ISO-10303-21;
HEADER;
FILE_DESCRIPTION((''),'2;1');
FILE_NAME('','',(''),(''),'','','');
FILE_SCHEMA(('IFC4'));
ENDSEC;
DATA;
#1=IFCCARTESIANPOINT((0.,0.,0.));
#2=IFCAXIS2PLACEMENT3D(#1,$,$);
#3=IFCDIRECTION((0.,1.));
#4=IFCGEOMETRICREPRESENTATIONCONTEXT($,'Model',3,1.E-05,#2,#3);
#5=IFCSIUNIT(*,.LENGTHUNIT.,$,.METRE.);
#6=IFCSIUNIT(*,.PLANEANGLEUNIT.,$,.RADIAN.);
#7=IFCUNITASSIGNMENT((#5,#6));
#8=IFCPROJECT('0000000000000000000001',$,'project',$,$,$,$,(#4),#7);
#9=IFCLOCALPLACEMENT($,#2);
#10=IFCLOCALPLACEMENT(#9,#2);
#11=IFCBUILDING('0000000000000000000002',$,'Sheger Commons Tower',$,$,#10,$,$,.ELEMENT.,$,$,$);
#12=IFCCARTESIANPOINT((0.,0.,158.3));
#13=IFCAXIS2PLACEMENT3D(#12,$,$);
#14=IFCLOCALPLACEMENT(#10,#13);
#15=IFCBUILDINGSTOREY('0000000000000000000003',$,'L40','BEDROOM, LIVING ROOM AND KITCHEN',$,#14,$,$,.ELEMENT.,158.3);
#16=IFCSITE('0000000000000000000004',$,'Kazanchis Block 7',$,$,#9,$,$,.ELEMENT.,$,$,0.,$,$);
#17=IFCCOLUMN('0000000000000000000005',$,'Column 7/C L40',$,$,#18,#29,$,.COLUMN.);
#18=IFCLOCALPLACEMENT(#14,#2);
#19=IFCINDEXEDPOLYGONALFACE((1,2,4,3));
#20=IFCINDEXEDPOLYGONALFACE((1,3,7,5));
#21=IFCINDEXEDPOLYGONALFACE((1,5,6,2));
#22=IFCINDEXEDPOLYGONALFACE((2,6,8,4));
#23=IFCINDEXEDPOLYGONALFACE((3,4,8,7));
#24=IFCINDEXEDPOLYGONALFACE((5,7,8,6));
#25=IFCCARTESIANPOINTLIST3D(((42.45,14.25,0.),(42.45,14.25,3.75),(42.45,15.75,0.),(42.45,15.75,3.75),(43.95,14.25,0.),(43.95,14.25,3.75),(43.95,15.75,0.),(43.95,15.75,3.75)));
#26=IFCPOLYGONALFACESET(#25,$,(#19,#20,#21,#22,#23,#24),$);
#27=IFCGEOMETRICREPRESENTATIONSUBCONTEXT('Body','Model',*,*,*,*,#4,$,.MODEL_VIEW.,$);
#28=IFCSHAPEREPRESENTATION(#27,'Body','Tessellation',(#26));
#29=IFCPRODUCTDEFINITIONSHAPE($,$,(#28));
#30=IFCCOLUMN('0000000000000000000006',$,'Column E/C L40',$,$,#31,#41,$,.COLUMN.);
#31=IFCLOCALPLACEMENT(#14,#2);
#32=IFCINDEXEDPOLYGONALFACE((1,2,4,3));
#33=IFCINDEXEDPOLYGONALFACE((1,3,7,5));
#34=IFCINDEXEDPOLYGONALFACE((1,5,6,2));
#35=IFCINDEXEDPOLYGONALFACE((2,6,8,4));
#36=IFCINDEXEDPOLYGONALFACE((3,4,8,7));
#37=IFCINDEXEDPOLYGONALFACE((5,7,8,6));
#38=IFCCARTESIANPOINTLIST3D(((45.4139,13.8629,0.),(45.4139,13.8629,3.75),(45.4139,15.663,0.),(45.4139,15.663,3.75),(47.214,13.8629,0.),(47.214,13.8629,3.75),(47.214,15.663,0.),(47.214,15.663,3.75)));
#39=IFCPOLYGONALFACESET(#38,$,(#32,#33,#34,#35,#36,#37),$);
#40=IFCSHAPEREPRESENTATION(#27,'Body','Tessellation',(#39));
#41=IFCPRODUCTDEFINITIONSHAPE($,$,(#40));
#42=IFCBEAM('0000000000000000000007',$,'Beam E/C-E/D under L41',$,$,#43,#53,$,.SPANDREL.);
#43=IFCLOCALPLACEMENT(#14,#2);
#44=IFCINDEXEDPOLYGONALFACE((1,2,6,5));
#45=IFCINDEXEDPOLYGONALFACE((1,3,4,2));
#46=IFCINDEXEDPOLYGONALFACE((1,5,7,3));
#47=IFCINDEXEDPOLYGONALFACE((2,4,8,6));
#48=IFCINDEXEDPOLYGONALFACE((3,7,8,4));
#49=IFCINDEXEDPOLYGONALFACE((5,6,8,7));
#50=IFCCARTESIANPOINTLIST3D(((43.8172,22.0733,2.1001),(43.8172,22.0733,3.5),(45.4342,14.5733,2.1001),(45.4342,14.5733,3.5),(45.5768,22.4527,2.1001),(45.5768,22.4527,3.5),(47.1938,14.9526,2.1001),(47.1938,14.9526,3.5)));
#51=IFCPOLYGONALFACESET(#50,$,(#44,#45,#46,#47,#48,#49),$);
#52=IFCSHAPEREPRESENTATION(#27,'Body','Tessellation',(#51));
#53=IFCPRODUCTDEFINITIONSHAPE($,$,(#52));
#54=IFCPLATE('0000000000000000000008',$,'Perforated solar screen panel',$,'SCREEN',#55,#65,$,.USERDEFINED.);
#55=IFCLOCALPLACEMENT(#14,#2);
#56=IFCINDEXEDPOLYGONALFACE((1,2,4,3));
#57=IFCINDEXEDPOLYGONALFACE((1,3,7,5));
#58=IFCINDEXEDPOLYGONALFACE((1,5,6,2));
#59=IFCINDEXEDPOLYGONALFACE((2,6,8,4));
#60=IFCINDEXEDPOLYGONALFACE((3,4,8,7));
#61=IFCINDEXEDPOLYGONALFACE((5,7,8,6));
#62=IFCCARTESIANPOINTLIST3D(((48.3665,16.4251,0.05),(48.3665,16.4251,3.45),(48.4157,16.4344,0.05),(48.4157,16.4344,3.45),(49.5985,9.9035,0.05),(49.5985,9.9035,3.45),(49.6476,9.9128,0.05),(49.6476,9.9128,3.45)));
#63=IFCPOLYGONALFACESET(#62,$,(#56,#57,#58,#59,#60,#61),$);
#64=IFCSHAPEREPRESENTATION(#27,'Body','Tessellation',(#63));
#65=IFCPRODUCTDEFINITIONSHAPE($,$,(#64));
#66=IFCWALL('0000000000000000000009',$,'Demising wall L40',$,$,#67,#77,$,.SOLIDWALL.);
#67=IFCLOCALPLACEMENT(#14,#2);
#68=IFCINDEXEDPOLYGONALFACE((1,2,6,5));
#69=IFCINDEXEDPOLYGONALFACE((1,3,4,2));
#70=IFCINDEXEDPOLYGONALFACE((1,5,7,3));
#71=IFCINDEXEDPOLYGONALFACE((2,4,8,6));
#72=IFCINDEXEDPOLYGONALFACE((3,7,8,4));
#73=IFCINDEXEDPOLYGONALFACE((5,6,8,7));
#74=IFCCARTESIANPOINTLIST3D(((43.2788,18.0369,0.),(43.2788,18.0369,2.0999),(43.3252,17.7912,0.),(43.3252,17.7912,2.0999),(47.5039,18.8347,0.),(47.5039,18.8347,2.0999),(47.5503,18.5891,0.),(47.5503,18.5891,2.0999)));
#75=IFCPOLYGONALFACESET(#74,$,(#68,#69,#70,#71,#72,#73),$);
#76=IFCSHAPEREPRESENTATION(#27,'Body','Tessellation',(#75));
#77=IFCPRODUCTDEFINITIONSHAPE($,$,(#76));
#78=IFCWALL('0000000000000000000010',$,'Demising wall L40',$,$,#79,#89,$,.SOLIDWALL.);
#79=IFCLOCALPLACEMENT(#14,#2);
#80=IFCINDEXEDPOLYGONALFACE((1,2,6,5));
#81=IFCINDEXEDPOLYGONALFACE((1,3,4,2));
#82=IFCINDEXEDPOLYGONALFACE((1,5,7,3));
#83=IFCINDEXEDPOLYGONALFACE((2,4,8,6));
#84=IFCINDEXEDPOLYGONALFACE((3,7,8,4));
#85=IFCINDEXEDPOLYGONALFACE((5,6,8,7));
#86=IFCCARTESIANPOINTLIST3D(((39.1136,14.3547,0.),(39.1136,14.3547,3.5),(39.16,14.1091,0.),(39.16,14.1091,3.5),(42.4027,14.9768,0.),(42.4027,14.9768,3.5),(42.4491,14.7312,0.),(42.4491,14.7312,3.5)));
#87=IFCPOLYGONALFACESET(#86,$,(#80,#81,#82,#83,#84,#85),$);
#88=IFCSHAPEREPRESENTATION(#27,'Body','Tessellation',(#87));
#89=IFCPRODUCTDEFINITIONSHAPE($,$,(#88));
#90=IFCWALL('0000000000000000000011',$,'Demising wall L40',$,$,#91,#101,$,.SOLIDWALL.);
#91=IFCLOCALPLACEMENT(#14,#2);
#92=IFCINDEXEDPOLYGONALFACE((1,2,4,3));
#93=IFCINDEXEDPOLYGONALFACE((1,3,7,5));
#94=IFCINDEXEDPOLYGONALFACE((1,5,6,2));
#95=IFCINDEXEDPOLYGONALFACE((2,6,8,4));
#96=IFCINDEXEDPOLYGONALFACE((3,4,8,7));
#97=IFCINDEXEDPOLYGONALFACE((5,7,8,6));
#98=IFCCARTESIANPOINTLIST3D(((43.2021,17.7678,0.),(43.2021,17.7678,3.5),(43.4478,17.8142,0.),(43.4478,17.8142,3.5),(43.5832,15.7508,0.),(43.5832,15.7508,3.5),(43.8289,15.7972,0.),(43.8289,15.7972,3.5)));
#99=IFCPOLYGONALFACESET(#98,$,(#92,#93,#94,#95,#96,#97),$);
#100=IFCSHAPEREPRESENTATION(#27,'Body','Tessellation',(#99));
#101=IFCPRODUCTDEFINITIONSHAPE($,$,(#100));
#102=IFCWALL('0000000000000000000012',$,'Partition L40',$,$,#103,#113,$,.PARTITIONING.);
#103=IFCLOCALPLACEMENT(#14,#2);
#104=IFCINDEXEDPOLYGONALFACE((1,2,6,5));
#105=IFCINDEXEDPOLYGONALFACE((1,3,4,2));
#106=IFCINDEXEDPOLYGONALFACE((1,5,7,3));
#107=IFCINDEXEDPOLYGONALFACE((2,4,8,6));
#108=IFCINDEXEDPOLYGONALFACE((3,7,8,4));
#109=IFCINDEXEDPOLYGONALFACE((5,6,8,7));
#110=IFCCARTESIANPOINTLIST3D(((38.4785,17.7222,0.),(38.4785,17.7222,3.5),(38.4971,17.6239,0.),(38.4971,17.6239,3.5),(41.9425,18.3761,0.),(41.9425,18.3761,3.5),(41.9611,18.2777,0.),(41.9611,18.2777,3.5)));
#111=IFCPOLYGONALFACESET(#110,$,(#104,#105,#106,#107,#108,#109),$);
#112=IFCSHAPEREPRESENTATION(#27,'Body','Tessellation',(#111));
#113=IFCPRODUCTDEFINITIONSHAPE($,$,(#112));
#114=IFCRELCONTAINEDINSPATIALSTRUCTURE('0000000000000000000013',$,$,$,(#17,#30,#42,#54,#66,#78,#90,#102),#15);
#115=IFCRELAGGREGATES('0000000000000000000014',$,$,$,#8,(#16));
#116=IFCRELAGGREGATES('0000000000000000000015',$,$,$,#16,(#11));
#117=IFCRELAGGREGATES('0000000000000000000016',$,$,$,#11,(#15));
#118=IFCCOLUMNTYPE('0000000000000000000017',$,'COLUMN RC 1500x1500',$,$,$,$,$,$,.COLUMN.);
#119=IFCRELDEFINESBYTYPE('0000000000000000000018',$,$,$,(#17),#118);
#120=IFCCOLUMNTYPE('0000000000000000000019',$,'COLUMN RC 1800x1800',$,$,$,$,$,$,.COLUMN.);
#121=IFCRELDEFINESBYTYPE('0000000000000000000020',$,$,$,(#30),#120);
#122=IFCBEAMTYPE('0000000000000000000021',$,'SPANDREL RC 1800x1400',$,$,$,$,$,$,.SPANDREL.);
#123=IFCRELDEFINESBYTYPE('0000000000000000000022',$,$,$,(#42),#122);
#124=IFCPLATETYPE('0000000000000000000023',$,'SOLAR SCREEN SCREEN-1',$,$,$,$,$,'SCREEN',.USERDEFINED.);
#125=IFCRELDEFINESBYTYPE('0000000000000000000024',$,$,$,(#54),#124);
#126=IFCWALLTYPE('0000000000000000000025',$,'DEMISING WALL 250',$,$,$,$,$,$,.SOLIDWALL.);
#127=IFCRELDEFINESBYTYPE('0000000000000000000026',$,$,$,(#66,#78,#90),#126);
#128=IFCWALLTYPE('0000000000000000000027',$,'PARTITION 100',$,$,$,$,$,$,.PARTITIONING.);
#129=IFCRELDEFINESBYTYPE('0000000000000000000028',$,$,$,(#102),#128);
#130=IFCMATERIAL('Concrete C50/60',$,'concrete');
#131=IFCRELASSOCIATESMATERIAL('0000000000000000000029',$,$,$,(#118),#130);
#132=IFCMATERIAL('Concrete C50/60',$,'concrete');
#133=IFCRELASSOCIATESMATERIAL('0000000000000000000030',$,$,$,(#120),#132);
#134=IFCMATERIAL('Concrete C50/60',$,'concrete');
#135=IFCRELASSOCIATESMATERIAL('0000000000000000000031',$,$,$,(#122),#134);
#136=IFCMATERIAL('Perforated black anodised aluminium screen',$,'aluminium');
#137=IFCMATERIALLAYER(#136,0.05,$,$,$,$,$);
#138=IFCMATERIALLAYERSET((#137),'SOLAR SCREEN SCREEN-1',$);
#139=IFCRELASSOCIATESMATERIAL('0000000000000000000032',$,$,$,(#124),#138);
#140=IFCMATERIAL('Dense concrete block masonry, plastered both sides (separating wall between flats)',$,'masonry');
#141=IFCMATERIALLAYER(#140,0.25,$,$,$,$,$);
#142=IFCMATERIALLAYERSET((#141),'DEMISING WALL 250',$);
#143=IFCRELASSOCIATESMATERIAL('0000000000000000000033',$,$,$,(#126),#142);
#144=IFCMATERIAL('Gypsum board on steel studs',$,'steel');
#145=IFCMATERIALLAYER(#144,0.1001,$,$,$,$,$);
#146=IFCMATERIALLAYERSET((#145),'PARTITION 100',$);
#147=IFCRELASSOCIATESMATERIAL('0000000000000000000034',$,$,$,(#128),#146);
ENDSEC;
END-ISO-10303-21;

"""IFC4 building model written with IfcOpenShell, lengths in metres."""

from ifc_helpers import new_model, si_unit, direction, frame, frame_2d, origin, origin_2d, place, context, subcontext, project, spatial, rectangle, extrude, material, layer, layer_set, material_profile, profile_set, type_object, element, save


model = new_model("IFC4")

# Units and contexts
model_context = context("Model", 3, precision=1e-05, world=origin(), true_north=direction((0.0, 1.0)))
body_context = subcontext(model_context, "Body", "Model", "MODEL_VIEW")
ifc_project = project(units=[si_unit("LENGTHUNIT", "METRE"), si_unit("PLANEANGLEUNIT", "RADIAN")], contexts=[model_context])

# Site, building, storey
site_placement = place(None, origin())
site = spatial("IfcSite", under=ifc_project, at=site_placement, Name="Kazanchis Block 7", CompositionType="ELEMENT", RefElevation=0.0)
building_placement = place(site_placement, origin())
building = spatial("IfcBuilding", under=site, at=building_placement, Name="Sheger Commons Tower", CompositionType="ELEMENT")
storey_placement = place(building_placement, frame((0.0, 0.0, 158.3)))
storey = spatial("IfcBuildingStorey", under=building, at=storey_placement, Name="L40", Description="BEDROOM, LIVING ROOM AND KITCHEN", CompositionType="ELEMENT", Elevation=158.3)

# Columns
ifc_material_1 = material(Name="Concrete C50/60", Category="concrete")
ifc_material_profile_1 = material_profile(ifc_material_1, rectangle(XDim=1.5, YDim=1.5, at=origin_2d()), Name="RC 1500x1500")
ifc_profile_set_1 = profile_set([ifc_material_profile_1], Name="Concrete C50/60")
column_type_1 = type_object("IfcColumnType", Name="COLUMN RC 1500x1500", PredefinedType="COLUMN", material=ifc_profile_set_1)
column_1_placement = place(storey_placement, frame((43.2, 15.0, 0.0), z_axis=(0.0, 0.0, 1.0), x_axis=(1.0, 0.0, 0.0)))
element("IfcColumn", 1, at=column_1_placement, inside=storey, type_object=column_type_1, Name="Column 7/C L40", PredefinedType="COLUMN", context=body_context, shape_type="SweptSolid", body=[
    extrude(rectangle(XDim=1.5, YDim=1.5, at=origin_2d()), origin(), (0.0, 0.0, 1.0), 3.75),
])
ifc_material_2 = material(Name="Concrete C50/60", Category="concrete")
ifc_material_profile_2 = material_profile(ifc_material_2, rectangle(XDim=1.8, YDim=1.8, at=origin_2d()), Name="RC 1800x1800")
ifc_profile_set_2 = profile_set([ifc_material_profile_2], Name="Concrete C50/60")
column_type_2 = type_object("IfcColumnType", Name="COLUMN RC 1800x1800", PredefinedType="COLUMN", material=ifc_profile_set_2)
column_2_placement = place(storey_placement, frame((46.314, 14.7629, 0.0), z_axis=(0.0, 0.0, 1.0), x_axis=(1.0, 0.0, 0.0)))
element("IfcColumn", 2, at=column_2_placement, inside=storey, type_object=column_type_2, Name="Column E/C L40", PredefinedType="COLUMN", context=body_context, shape_type="SweptSolid", body=[
    extrude(rectangle(XDim=1.8, YDim=1.8, at=origin_2d()), origin(), (0.0, 0.0, 1.0), 3.75),
])

# Beam
ifc_material_3 = material(Name="Concrete C50/60", Category="concrete")
ifc_material_profile_3 = material_profile(ifc_material_3, rectangle(XDim=1.8, YDim=1.3999, at=origin_2d()), Name="RC 1800x1400")
ifc_profile_set_3 = profile_set([ifc_material_profile_3], Name="Concrete C50/60")
beam_type = type_object("IfcBeamType", Name="SPANDREL RC 1800x1400", PredefinedType="SPANDREL", material=ifc_profile_set_3)
beam_placement = place(storey_placement, frame((46.314, 14.7629, 2.8), z_axis=(-0.21075, 0.97754, 0.0), x_axis=(-0.97754, -0.21075, 0.0)))
element("IfcBeam", 3, at=beam_placement, inside=storey, type_object=beam_type, Name="Beam E/C-E/D under L41", PredefinedType="SPANDREL", context=body_context, shape_type="SweptSolid", body=[
    extrude(rectangle(XDim=1.8, YDim=1.3999, at=origin_2d()), origin(), (0.0, 0.0, 1.0), 7.6724),
])

# Plate
ifc_material_4 = material(Name="Perforated black anodised aluminium screen", Category="aluminium")
ifc_layer_1 = layer(ifc_material_4, 0.05)
ifc_layer_set_1 = layer_set([ifc_layer_1], Name="SOLAR SCREEN SCREEN-1")
plate_type = type_object("IfcPlateType", Name="SOLAR SCREEN SCREEN-1", ElementType="SCREEN", PredefinedType="USERDEFINED", material=ifc_layer_set_1)
plate_placement = place(storey_placement, frame((49.0071, 13.1689, 0.05), z_axis=(0.0, 0.0, 1.0), x_axis=(-0.185615, 0.982623, 0.0)))
element("IfcPlate", 4, at=plate_placement, inside=storey, type_object=plate_type, Name="Perforated solar screen panel", ObjectType="SCREEN", PredefinedType="USERDEFINED", context=body_context, shape_type="SweptSolid", body=[
    extrude(rectangle(XDim=6.637, YDim=0.05, at=origin_2d()), origin(), (0.0, 0.0, 1.0), 3.3999),
])

# Walls
ifc_material_5 = material(Name="Dense concrete block masonry, plastered both sides (separating wall between flats)", Category="masonry")
ifc_layer_2 = layer(ifc_material_5, 0.25)
ifc_layer_set_2 = layer_set([ifc_layer_2], Name="DEMISING WALL 250")
wall_type_1 = type_object("IfcWallType", Name="DEMISING WALL 250", PredefinedType="SOLIDWALL", material=ifc_layer_set_2)
wall_1_placement = place(storey_placement, frame((47.5271, 18.7119, 0.0), z_axis=(0.0, 0.0, 1.0), x_axis=(-0.982634, -0.185557, 0.0)))
element("IfcWall", 5, at=wall_1_placement, inside=storey, type_object=wall_type_1, Name="Demising wall L40", PredefinedType="SOLIDWALL", context=body_context, shape_type="SweptSolid", body=[
    extrude(rectangle(XDim=4.2998, YDim=0.25, at=frame_2d((2.1499, 0.0))), origin(), (0.0, 0.0, 1.0), 2.0999),
])
wall_2_placement = place(storey_placement, frame((42.426, 14.854, 0.0), z_axis=(0.0, 0.0, 1.0), x_axis=(-0.98258, -0.185838, 0.0)))
element("IfcWall", 6, at=wall_2_placement, inside=storey, type_object=wall_type_1, Name="Demising wall L40", PredefinedType="SOLIDWALL", context=body_context, shape_type="SweptSolid", body=[
    extrude(rectangle(XDim=3.3474, YDim=0.25, at=frame_2d((1.6738, 0.0))), origin(), (0.0, 0.0, 1.0), 3.5),
])
wall_3_placement = place(storey_placement, frame((43.325, 17.791, 0.0), z_axis=(0.0, 0.0, 1.0), x_axis=(0.185653, -0.982615, 0.0)))
element("IfcWall", 7, at=wall_3_placement, inside=storey, type_object=wall_type_1, Name="Demising wall L40", PredefinedType="SOLIDWALL", context=body_context, shape_type="SweptSolid", body=[
    extrude(rectangle(XDim=2.0527, YDim=0.25, at=frame_2d((1.0264, 0.0))), origin(), (0.0, 0.0, 1.0), 3.5),
])
ifc_material_6 = material(Name="Gypsum board on steel studs", Category="steel")
ifc_layer_3 = layer(ifc_material_6, 0.1001)
ifc_layer_set_3 = layer_set([ifc_layer_3], Name="PARTITION 100")
wall_type_2 = type_object("IfcWallType", Name="PARTITION 100", PredefinedType="PARTITIONING", material=ifc_layer_set_3)
wall_4_placement = place(storey_placement, frame((41.9519, 18.3269, 0.0), z_axis=(0.0, 0.0, 1.0), x_axis=(-0.982649, -0.185476, 0.0)))
element("IfcWall", 8, at=wall_4_placement, inside=storey, type_object=wall_type_2, Name="Partition L40", PredefinedType="PARTITIONING", context=body_context, shape_type="SweptSolid", body=[
    extrude(rectangle(XDim=3.5251, YDim=0.1001, at=frame_2d((1.7627, 0.0))), origin(), (0.0, 0.0, 1.0), 3.5),
])

save(model, "model.ifc")
